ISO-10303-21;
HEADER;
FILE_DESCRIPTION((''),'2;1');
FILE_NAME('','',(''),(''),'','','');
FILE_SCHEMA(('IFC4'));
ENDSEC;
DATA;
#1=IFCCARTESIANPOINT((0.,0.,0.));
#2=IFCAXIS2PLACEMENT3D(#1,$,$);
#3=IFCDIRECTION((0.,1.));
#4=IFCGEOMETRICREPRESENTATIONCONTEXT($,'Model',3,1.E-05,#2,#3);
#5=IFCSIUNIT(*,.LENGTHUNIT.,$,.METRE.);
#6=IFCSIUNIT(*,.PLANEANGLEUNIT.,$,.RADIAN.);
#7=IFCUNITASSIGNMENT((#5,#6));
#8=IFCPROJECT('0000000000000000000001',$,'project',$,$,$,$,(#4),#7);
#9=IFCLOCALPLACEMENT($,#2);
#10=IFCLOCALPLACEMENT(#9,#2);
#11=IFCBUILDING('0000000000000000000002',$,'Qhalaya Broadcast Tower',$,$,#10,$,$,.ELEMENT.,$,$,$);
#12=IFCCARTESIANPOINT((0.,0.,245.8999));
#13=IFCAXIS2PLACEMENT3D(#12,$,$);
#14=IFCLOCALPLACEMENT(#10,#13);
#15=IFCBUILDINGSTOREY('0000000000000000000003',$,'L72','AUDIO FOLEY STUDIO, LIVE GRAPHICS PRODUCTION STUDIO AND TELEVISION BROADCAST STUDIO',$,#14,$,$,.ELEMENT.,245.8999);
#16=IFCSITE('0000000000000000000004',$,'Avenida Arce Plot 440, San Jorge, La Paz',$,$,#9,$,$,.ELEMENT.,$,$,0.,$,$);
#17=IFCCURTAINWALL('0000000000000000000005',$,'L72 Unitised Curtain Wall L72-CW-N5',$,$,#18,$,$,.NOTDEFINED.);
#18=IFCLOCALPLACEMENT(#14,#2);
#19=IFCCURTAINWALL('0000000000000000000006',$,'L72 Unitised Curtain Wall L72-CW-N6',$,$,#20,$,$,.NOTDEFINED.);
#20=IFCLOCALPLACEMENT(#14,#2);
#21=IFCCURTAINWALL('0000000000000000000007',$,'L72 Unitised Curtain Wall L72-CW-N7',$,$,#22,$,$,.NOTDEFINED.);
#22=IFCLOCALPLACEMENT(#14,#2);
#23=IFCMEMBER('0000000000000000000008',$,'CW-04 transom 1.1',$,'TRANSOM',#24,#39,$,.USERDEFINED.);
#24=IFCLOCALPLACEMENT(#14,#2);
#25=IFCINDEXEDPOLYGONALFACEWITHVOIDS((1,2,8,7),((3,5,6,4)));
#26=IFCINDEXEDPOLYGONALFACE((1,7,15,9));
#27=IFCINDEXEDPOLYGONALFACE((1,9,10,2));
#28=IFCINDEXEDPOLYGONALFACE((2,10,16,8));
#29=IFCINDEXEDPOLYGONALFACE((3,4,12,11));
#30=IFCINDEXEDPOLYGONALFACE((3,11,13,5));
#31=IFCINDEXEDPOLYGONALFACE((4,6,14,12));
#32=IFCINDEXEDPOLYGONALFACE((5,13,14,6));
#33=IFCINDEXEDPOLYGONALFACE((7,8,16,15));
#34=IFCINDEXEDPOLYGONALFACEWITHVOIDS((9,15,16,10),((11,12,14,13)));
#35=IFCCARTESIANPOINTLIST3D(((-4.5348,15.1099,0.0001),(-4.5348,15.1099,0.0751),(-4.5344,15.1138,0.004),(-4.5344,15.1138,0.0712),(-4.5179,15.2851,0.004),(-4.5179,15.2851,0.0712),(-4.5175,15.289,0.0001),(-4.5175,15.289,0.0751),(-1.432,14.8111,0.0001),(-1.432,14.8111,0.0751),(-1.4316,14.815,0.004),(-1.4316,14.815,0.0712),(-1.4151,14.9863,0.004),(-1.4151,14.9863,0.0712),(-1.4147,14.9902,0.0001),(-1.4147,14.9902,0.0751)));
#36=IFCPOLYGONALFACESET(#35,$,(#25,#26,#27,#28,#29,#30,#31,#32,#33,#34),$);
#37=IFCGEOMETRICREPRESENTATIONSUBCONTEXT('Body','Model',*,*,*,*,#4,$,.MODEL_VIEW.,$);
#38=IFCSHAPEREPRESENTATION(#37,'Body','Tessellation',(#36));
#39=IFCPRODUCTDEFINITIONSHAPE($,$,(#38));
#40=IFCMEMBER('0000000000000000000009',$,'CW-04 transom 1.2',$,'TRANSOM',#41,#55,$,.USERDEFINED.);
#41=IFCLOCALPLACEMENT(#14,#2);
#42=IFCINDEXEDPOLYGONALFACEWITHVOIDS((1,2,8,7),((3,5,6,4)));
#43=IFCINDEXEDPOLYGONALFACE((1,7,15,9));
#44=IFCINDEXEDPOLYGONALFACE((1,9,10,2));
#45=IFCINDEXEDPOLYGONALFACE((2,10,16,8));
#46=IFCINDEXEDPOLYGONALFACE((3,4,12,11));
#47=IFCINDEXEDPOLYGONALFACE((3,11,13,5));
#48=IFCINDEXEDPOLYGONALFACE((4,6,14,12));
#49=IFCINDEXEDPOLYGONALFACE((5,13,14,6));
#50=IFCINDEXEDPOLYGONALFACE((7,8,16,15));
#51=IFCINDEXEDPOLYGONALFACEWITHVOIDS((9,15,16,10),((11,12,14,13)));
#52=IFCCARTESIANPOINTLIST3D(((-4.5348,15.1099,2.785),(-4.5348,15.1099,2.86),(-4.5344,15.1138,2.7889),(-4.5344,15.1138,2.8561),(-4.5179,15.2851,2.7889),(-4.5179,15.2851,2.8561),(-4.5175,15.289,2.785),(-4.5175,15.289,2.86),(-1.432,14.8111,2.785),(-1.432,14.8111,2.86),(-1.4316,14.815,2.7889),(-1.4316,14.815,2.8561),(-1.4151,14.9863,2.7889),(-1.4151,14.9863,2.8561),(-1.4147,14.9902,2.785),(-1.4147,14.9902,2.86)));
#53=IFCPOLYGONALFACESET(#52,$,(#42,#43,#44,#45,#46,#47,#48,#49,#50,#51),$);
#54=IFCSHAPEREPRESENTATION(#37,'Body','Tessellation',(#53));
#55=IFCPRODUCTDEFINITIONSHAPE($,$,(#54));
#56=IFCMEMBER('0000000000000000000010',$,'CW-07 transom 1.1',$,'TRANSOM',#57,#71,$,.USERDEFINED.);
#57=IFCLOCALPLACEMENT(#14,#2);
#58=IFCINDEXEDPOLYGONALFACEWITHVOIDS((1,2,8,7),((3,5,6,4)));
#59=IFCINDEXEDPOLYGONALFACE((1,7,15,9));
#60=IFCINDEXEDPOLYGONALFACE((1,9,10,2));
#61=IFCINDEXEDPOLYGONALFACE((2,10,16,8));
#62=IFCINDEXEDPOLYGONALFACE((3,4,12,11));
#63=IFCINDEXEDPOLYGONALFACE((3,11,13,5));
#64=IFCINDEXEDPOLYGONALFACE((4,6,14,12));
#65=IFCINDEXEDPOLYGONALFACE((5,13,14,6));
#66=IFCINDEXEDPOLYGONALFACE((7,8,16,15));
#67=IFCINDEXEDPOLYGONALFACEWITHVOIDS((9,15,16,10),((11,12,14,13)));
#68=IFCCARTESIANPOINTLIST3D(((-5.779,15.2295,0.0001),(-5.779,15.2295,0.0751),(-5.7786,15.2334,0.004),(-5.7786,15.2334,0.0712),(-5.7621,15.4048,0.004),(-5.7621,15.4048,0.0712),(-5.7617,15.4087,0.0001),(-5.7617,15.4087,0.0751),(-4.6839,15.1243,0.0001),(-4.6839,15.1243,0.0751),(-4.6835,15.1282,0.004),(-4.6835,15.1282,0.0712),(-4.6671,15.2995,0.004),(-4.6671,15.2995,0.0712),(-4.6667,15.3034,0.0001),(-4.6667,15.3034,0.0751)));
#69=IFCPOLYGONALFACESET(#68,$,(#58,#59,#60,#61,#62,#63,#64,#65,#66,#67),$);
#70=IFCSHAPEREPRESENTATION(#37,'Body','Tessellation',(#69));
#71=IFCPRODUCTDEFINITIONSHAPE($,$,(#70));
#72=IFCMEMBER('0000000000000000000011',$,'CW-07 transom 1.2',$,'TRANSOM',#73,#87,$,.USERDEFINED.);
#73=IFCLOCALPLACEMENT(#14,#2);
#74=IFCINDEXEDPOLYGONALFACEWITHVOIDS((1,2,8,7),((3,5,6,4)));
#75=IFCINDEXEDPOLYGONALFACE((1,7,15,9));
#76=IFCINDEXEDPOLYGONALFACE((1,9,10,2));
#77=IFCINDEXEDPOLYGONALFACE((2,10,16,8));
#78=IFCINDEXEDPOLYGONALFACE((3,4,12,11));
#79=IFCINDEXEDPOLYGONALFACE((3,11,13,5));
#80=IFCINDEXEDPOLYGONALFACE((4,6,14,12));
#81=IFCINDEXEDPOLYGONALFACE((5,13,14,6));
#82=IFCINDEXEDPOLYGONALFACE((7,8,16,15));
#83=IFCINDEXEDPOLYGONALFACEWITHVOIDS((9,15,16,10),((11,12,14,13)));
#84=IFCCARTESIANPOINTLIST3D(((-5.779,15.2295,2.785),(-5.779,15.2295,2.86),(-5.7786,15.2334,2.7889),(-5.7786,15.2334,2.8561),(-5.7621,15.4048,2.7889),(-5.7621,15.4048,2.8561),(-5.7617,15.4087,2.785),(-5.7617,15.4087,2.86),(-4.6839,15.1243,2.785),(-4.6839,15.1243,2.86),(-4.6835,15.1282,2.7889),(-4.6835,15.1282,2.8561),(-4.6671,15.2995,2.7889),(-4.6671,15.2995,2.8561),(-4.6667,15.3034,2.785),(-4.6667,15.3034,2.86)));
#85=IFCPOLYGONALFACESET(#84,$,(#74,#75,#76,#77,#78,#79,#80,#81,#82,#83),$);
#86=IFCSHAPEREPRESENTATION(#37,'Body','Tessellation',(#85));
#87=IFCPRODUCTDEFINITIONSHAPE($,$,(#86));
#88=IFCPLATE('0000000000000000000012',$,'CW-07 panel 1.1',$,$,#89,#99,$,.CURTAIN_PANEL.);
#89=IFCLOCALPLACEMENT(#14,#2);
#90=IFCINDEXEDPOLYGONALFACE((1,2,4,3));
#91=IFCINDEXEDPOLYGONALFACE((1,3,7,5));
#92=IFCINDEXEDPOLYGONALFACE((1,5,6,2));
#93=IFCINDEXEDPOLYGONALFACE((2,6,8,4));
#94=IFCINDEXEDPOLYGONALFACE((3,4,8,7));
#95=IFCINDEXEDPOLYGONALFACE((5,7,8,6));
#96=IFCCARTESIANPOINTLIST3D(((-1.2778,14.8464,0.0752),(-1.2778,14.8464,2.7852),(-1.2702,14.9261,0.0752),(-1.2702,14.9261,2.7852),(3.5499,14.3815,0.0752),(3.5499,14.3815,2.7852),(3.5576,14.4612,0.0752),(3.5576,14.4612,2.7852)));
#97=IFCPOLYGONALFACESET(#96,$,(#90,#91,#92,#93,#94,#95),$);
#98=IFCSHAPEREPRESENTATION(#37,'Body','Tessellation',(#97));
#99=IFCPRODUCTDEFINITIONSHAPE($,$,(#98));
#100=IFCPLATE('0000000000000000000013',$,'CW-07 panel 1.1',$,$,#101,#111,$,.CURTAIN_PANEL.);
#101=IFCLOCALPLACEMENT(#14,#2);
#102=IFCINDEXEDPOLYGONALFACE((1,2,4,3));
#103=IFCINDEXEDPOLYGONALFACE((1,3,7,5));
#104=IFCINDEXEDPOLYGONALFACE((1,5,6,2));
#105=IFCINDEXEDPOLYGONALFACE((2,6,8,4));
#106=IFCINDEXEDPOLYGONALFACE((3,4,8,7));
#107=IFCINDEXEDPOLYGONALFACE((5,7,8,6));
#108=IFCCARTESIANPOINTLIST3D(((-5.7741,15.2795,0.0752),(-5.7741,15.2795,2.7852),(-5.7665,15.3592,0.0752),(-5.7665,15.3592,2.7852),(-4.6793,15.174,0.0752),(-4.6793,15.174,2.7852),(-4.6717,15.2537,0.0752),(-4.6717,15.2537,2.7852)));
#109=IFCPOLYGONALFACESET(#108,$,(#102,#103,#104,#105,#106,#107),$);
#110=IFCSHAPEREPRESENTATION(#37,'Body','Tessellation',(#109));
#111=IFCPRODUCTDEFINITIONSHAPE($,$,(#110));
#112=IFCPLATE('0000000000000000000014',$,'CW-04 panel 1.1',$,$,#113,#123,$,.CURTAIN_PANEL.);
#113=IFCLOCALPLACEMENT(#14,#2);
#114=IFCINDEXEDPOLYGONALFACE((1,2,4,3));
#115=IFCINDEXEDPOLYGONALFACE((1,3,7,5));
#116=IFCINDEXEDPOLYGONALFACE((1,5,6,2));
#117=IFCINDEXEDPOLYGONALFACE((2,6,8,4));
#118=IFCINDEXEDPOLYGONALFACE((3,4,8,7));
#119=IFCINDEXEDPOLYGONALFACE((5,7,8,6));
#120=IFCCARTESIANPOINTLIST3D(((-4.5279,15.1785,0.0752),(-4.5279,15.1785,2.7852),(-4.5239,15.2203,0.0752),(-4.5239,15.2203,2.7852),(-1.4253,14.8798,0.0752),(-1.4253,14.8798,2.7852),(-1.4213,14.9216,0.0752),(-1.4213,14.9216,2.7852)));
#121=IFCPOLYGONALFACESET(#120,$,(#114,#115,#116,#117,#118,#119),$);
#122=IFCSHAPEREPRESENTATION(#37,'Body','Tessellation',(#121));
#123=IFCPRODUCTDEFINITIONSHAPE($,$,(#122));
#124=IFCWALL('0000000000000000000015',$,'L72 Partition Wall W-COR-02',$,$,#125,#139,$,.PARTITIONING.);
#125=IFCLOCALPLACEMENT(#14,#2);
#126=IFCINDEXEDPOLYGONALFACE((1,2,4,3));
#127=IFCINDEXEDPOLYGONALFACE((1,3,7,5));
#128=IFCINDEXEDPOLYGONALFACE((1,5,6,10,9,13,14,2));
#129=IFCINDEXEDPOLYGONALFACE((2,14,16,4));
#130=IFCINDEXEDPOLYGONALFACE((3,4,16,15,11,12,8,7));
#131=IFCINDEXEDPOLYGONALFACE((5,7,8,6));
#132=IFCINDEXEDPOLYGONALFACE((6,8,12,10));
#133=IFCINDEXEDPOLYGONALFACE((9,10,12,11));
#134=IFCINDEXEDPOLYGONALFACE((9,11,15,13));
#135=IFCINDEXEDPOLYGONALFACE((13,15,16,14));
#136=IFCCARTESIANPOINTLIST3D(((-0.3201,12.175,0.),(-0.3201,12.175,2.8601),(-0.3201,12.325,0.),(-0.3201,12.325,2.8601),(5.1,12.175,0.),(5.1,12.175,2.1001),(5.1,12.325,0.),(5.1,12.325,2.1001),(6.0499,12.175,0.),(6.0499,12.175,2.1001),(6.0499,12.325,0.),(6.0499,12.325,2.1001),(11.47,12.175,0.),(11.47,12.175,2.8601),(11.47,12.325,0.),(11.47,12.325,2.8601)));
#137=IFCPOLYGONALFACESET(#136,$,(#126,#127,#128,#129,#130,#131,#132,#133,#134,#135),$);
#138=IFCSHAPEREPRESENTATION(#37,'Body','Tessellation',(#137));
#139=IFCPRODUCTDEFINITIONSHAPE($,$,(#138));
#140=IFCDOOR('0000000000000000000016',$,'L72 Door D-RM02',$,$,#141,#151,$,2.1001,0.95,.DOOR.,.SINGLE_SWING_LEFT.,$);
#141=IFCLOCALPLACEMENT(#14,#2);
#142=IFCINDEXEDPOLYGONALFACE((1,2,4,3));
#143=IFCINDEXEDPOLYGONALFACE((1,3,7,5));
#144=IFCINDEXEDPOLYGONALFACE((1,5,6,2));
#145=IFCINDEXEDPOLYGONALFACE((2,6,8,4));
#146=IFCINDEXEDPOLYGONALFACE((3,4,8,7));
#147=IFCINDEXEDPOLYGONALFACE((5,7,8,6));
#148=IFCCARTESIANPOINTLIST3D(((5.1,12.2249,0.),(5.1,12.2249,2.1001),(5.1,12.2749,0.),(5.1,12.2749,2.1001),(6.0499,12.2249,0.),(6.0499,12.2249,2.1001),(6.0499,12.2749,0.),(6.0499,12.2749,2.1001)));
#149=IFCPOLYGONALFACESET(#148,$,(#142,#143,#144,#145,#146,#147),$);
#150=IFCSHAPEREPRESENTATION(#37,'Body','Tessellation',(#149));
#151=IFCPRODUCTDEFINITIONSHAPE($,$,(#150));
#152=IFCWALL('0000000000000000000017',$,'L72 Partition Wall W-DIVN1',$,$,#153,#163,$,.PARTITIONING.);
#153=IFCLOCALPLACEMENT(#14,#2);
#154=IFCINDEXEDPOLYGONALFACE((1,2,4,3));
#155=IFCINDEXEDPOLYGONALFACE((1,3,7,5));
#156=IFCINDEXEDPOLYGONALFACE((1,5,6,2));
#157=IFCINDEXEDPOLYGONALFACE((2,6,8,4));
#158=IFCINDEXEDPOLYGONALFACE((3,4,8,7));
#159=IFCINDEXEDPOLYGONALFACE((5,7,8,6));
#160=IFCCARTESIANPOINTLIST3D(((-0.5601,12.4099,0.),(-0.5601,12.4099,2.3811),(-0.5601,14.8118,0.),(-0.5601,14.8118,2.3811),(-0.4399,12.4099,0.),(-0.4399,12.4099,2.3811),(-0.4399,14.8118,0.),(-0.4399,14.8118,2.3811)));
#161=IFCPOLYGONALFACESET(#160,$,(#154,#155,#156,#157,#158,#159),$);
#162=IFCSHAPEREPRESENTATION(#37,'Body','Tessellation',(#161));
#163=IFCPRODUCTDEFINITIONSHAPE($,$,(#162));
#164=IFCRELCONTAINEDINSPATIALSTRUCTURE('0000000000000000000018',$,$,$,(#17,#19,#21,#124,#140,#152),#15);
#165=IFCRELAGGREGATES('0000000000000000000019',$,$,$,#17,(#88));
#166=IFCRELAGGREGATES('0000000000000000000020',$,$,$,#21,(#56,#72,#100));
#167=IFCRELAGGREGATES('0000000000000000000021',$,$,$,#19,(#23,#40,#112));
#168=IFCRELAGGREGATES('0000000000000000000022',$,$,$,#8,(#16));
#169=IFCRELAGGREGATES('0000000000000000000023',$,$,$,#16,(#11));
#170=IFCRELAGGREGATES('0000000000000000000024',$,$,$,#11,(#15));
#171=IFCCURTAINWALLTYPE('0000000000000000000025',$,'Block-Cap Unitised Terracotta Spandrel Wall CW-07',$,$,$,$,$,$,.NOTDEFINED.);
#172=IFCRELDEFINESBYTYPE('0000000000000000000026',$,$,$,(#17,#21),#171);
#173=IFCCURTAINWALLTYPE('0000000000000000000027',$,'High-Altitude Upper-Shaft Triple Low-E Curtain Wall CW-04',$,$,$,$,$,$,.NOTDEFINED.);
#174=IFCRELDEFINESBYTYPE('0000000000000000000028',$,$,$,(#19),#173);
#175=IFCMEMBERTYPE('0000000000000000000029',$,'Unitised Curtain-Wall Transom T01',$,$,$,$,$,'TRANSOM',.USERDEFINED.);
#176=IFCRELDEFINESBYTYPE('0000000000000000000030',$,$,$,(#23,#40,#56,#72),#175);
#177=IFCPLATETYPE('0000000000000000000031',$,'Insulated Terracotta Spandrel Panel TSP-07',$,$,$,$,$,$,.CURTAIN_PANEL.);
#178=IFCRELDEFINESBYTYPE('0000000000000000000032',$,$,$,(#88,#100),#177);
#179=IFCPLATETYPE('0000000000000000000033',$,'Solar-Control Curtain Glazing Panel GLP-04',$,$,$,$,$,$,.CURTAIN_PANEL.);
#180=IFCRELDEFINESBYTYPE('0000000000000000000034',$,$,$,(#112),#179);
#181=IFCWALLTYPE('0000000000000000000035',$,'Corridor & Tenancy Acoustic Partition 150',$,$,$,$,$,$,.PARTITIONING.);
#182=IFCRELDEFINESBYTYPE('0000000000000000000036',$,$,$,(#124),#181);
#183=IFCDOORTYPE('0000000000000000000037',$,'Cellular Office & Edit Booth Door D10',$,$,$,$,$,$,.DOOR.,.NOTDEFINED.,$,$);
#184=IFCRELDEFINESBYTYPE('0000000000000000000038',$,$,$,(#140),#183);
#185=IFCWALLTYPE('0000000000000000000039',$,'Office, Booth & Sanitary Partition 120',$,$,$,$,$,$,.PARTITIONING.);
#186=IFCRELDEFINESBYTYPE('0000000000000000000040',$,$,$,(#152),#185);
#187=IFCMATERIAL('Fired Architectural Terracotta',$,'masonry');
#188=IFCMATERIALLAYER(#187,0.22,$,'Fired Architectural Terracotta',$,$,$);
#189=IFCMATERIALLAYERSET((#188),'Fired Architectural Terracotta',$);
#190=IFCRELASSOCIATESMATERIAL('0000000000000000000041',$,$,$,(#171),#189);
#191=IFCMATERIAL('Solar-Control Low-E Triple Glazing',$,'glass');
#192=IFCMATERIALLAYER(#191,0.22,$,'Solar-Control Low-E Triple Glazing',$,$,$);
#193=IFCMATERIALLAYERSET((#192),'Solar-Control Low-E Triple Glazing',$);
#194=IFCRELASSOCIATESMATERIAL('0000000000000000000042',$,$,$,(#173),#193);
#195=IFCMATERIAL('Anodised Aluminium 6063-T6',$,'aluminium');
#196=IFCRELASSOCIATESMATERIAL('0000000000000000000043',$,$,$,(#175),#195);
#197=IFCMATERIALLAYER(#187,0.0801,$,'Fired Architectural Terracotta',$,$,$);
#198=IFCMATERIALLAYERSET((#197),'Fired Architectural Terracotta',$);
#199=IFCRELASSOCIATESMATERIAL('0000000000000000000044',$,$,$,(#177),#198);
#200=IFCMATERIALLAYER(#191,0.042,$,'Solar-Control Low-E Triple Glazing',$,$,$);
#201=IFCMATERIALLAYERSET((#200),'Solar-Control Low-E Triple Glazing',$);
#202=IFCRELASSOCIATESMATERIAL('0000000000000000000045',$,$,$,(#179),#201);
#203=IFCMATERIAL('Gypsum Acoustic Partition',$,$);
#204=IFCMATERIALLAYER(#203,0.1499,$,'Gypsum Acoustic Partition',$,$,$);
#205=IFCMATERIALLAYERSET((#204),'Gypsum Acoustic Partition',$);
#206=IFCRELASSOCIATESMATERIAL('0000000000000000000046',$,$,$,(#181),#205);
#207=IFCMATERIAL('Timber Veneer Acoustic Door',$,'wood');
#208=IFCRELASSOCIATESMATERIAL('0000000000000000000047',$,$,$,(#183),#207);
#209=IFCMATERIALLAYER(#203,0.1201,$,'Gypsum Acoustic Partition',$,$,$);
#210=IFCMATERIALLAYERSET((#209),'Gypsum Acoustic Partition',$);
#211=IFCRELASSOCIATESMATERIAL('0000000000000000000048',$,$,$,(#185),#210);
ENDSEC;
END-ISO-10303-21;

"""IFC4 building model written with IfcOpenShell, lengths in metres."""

from ifc_helpers import new_model, si_unit, direction, frame, frame_2d, origin, origin_2d, place, context, subcontext, project, spatial, rectangle, hollow_rectangle, extrude, material, layer, layer_set, material_profile, profile_set, type_object, element, fill, aggregate, save


model = new_model("IFC4")

# Units and contexts
model_context = context("Model", 3, precision=1e-05, world=origin(), true_north=direction((0.0, 1.0)))
body_context = subcontext(model_context, "Body", "Model", "MODEL_VIEW")
ifc_project = project(units=[si_unit("LENGTHUNIT", "METRE"), si_unit("PLANEANGLEUNIT", "RADIAN")], contexts=[model_context])

# Site, building, storey
site_placement = place(None, origin())
site = spatial("IfcSite", under=ifc_project, at=site_placement, Name="Avenida Arce Plot 440, San Jorge, La Paz", CompositionType="ELEMENT", RefElevation=0.0)
building_placement = place(site_placement, origin())
building = spatial("IfcBuilding", under=site, at=building_placement, Name="Qhalaya Broadcast Tower", CompositionType="ELEMENT")
storey_placement = place(building_placement, frame((0.0, 0.0, 245.8999)))
storey = spatial("IfcBuildingStorey", under=building, at=storey_placement, Name="L72", Description="AUDIO FOLEY STUDIO, LIVE GRAPHICS PRODUCTION STUDIO AND TELEVISION BROADCAST STUDIO", CompositionType="ELEMENT", Elevation=245.8999)

# Curtain wall
ifc_material_1 = material(Name="Fired Architectural Terracotta", Category="masonry")
ifc_layer_1 = layer(ifc_material_1, 0.22, Name="Fired Architectural Terracotta")
ifc_layer_set_1 = layer_set([ifc_layer_1], Name="Fired Architectural Terracotta")
curtain_wall_type_1 = type_object("IfcCurtainWallType", Name="Block-Cap Unitised Terracotta Spandrel Wall CW-07", PredefinedType="NOTDEFINED", material=ifc_layer_set_1)
curtain_wall_1_placement = place(storey_placement, origin())
curtain_wall_1 = element("IfcCurtainWall", 1, at=curtain_wall_1_placement, inside=storey, type_object=curtain_wall_type_1, Name="L72 Unitised Curtain Wall L72-CW-N5", PredefinedType="NOTDEFINED")
ifc_material_2 = material(Name="Anodised Aluminium 6063-T6", Category="aluminium")

# Curtain walls
ifc_material_3 = material(Name="Solar-Control Low-E Triple Glazing", Category="glass")
ifc_layer_2 = layer(ifc_material_3, 0.22, Name="Solar-Control Low-E Triple Glazing")
ifc_layer_set_2 = layer_set([ifc_layer_2], Name="Solar-Control Low-E Triple Glazing")
curtain_wall_type_2 = type_object("IfcCurtainWallType", Name="High-Altitude Upper-Shaft Triple Low-E Curtain Wall CW-04", PredefinedType="NOTDEFINED", material=ifc_layer_set_2)
curtain_wall_2_placement = place(storey_placement, origin())
curtain_wall_2 = element("IfcCurtainWall", 2, at=curtain_wall_2_placement, inside=storey, type_object=curtain_wall_type_2, Name="L72 Unitised Curtain Wall L72-CW-N6", PredefinedType="NOTDEFINED")
curtain_wall_3_placement = place(storey_placement, origin())
curtain_wall_3 = element("IfcCurtainWall", 3, at=curtain_wall_3_placement, inside=storey, type_object=curtain_wall_type_1, Name="L72 Unitised Curtain Wall L72-CW-N7", PredefinedType="NOTDEFINED")

# Members
ifc_material_profile_1 = material_profile(ifc_material_2, hollow_rectangle(XDim=0.075, YDim=0.1799, WallThickness=0.0039, at=origin_2d()), Name="ALU-TRN 75x180x4")
ifc_profile_set_1 = profile_set([ifc_material_profile_1], Name="Anodised Aluminium 6063-T6")
member_type_1 = type_object("IfcMemberType", Name="Unitised Curtain-Wall Transom T01", ElementType="TRANSOM", PredefinedType="USERDEFINED", material=ifc_profile_set_1)
member_1_placement = place(storey_placement, frame((-1.4233, 14.9006, 0.0376), z_axis=(-0.995394, 0.095866, 0.0), x_axis=(0.0, 0.0, 1.0)))
member_1 = element("IfcMember", 4, at=member_1_placement, type_object=member_type_1, Name="CW-04 transom 1.1", ObjectType="TRANSOM", PredefinedType="USERDEFINED", context=body_context, shape_type="SweptSolid", body=[
    extrude(hollow_rectangle(XDim=0.075, YDim=0.1799, WallThickness=0.0039, at=origin_2d()), origin(), (0.0, 0.0, 1.0), 3.1172),
])
member_2_placement = place(storey_placement, frame((-1.4233, 14.9006, 2.8225), z_axis=(-0.995394, 0.095866, 0.0), x_axis=(0.0, 0.0, 1.0)))
member_2 = element("IfcMember", 5, at=member_2_placement, type_object=member_type_1, Name="CW-04 transom 1.2", ObjectType="TRANSOM", PredefinedType="USERDEFINED", context=body_context, shape_type="SweptSolid", body=[
    extrude(hollow_rectangle(XDim=0.075, YDim=0.1799, WallThickness=0.0039, at=origin_2d()), origin(), (0.0, 0.0, 1.0), 3.1172),
])
member_3_placement = place(storey_placement, frame((-4.6753, 15.2139, 0.0376), z_axis=(-0.995414, 0.095657, 0.0), x_axis=(0.0, 0.0, 1.0)))
member_3 = element("IfcMember", 6, at=member_3_placement, type_object=member_type_1, Name="CW-07 transom 1.1", ObjectType="TRANSOM", PredefinedType="USERDEFINED", context=body_context, shape_type="SweptSolid", body=[
    extrude(hollow_rectangle(XDim=0.075, YDim=0.1799, WallThickness=0.0039, at=origin_2d()), origin(), (0.0, 0.0, 1.0), 1.1001),
])
member_4_placement = place(storey_placement, frame((-4.6753, 15.2139, 2.8225), z_axis=(-0.995414, 0.095657, 0.0), x_axis=(0.0, 0.0, 1.0)))
member_4 = element("IfcMember", 7, at=member_4_placement, type_object=member_type_1, Name="CW-07 transom 1.2", ObjectType="TRANSOM", PredefinedType="USERDEFINED", context=body_context, shape_type="SweptSolid", body=[
    extrude(hollow_rectangle(XDim=0.075, YDim=0.1799, WallThickness=0.0039, at=origin_2d()), origin(), (0.0, 0.0, 1.0), 1.1001),
])

# Plates
ifc_layer_3 = layer(ifc_material_1, 0.0801, Name="Fired Architectural Terracotta")
ifc_layer_set_3 = layer_set([ifc_layer_3], Name="Fired Architectural Terracotta")
plate_type_1 = type_object("IfcPlateType", Name="Insulated Terracotta Spandrel Panel TSP-07", PredefinedType="CURTAIN_PANEL", material=ifc_layer_set_3)
plate_1_placement = place(storey_placement, frame((1.1399, 14.6538, 0.0752), z_axis=(0.0, 0.0, 1.0), x_axis=(-0.995395, 0.09586, 0.0)))
plate_1 = element("IfcPlate", 8, at=plate_1_placement, type_object=plate_type_1, Name="CW-07 panel 1.1", PredefinedType="CURTAIN_PANEL", context=body_context, shape_type="SweptSolid", body=[
    extrude(rectangle(XDim=4.8501, YDim=0.0801, at=origin_2d()), origin(), (0.0, 0.0, 1.0), 2.71),
])
aggregate(curtain_wall_1, [plate_1])
plate_2_placement = place(storey_placement, frame((-5.2229, 15.2666, 0.0752), z_axis=(0.0, 0.0, 1.0), x_axis=(-0.995396, 0.095844, 0.0)))
plate_2 = element("IfcPlate", 9, at=plate_2_placement, type_object=plate_type_1, Name="CW-07 panel 1.1", PredefinedType="CURTAIN_PANEL", context=body_context, shape_type="SweptSolid", body=[
    extrude(rectangle(XDim=1.0999, YDim=0.0801, at=origin_2d()), origin(), (0.0, 0.0, 1.0), 2.71),
])
aggregate(curtain_wall_3, [member_3, member_4, plate_2])
ifc_layer_4 = layer(ifc_material_3, 0.042, Name="Solar-Control Low-E Triple Glazing")
ifc_layer_set_4 = layer_set([ifc_layer_4], Name="Solar-Control Low-E Triple Glazing")
plate_type_2 = type_object("IfcPlateType", Name="Solar-Control Curtain Glazing Panel GLP-04", PredefinedType="CURTAIN_PANEL", material=ifc_layer_set_4)
plate_3_placement = place(storey_placement, frame((-2.9746, 15.05, 0.0752), z_axis=(0.0, 0.0, 1.0), x_axis=(-0.995397, 0.095836, 0.0)))
plate_3 = element("IfcPlate", 10, at=plate_3_placement, type_object=plate_type_2, Name="CW-04 panel 1.1", PredefinedType="CURTAIN_PANEL", context=body_context, shape_type="SweptSolid", body=[
    extrude(rectangle(XDim=3.1169, YDim=0.042, at=origin_2d()), origin(), (0.0, 0.0, 1.0), 2.71),
])
aggregate(curtain_wall_2, [member_1, member_2, plate_3])

# Wall, opening, door
ifc_material_4 = material(Name="Gypsum Acoustic Partition")
ifc_layer_5 = layer(ifc_material_4, 0.1499, Name="Gypsum Acoustic Partition")
ifc_layer_set_5 = layer_set([ifc_layer_5], Name="Gypsum Acoustic Partition")
wall_type_1 = type_object("IfcWallType", Name="Corridor & Tenancy Acoustic Partition 150", PredefinedType="PARTITIONING", material=ifc_layer_set_5)
wall_1_placement = place(storey_placement, frame((-0.3201, 12.25, 0.0), z_axis=(0.0, 0.0, 1.0), x_axis=(1.0, 0.0, 0.0)))
wall_1 = element("IfcWall", 11, at=wall_1_placement, inside=storey, type_object=wall_type_1, Name="L72 Partition Wall W-COR-02", PredefinedType="PARTITIONING", context=body_context, shape_type="SweptSolid", body=[
    extrude(rectangle(XDim=11.79, YDim=0.1499, at=frame_2d((5.895, 0.0))), origin(), (0.0, 0.0, 1.0), 2.8601),
])
opening_placement = place(wall_1_placement, frame((5.4199, 0.0, 0.0)))
opening = element("IfcOpeningElement", 12, at=opening_placement, cuts=wall_1, PredefinedType="OPENING", context=body_context, shape_type="SweptSolid", body=[
    extrude(rectangle(XDim=0.95, YDim=2.1001, at=frame_2d((0.4751, 1.05))), frame((0.0, 0.0869, 0.0), z_axis=(0.0, -1.0, 0.0), x_axis=(1.0, 0.0, 0.0)), (0.0, 0.0, 1.0), 0.1738),
])
ifc_material_5 = material(Name="Timber Veneer Acoustic Door", Category="wood")
door_type = type_object("IfcDoorType", Name="Cellular Office & Edit Booth Door D10", OperationType="NOTDEFINED", PredefinedType="DOOR", material=ifc_material_5)
door_placement = place(opening_placement, origin())
door = element("IfcDoor", 13, at=door_placement, inside=storey, type_object=door_type, Name="L72 Door D-RM02", OperationType="SINGLE_SWING_LEFT", OverallHeight=2.1001, OverallWidth=0.95, PredefinedType="DOOR", context=body_context, shape_type="SweptSolid", body=[
    extrude(rectangle(XDim=0.95, YDim=2.1001, at=frame_2d((0.4751, 1.05))), frame((0.0, 0.0249, 0.0), z_axis=(0.0, -1.0, 0.0), x_axis=(1.0, 0.0, 0.0)), (0.0, 0.0, 1.0), 0.05),
])
fill(opening, door)

# Wall
ifc_layer_6 = layer(ifc_material_4, 0.1201, Name="Gypsum Acoustic Partition")
ifc_layer_set_6 = layer_set([ifc_layer_6], Name="Gypsum Acoustic Partition")
wall_type_2 = type_object("IfcWallType", Name="Office, Booth & Sanitary Partition 120", PredefinedType="PARTITIONING", material=ifc_layer_set_6)
wall_2_placement = place(storey_placement, frame((-0.5, 12.4099, 0.0), z_axis=(0.0, 0.0, 1.0), x_axis=(0.0, 1.0, 0.0)))
element("IfcWall", 14, at=wall_2_placement, inside=storey, type_object=wall_type_2, Name="L72 Partition Wall W-DIVN1", PredefinedType="PARTITIONING", context=body_context, shape_type="SweptSolid", body=[
    extrude(rectangle(XDim=2.4019, YDim=0.1201, at=frame_2d((1.2009, 0.0))), origin(), (0.0, 0.0, 1.0), 2.3811),
])

save(model, "model.ifc")
